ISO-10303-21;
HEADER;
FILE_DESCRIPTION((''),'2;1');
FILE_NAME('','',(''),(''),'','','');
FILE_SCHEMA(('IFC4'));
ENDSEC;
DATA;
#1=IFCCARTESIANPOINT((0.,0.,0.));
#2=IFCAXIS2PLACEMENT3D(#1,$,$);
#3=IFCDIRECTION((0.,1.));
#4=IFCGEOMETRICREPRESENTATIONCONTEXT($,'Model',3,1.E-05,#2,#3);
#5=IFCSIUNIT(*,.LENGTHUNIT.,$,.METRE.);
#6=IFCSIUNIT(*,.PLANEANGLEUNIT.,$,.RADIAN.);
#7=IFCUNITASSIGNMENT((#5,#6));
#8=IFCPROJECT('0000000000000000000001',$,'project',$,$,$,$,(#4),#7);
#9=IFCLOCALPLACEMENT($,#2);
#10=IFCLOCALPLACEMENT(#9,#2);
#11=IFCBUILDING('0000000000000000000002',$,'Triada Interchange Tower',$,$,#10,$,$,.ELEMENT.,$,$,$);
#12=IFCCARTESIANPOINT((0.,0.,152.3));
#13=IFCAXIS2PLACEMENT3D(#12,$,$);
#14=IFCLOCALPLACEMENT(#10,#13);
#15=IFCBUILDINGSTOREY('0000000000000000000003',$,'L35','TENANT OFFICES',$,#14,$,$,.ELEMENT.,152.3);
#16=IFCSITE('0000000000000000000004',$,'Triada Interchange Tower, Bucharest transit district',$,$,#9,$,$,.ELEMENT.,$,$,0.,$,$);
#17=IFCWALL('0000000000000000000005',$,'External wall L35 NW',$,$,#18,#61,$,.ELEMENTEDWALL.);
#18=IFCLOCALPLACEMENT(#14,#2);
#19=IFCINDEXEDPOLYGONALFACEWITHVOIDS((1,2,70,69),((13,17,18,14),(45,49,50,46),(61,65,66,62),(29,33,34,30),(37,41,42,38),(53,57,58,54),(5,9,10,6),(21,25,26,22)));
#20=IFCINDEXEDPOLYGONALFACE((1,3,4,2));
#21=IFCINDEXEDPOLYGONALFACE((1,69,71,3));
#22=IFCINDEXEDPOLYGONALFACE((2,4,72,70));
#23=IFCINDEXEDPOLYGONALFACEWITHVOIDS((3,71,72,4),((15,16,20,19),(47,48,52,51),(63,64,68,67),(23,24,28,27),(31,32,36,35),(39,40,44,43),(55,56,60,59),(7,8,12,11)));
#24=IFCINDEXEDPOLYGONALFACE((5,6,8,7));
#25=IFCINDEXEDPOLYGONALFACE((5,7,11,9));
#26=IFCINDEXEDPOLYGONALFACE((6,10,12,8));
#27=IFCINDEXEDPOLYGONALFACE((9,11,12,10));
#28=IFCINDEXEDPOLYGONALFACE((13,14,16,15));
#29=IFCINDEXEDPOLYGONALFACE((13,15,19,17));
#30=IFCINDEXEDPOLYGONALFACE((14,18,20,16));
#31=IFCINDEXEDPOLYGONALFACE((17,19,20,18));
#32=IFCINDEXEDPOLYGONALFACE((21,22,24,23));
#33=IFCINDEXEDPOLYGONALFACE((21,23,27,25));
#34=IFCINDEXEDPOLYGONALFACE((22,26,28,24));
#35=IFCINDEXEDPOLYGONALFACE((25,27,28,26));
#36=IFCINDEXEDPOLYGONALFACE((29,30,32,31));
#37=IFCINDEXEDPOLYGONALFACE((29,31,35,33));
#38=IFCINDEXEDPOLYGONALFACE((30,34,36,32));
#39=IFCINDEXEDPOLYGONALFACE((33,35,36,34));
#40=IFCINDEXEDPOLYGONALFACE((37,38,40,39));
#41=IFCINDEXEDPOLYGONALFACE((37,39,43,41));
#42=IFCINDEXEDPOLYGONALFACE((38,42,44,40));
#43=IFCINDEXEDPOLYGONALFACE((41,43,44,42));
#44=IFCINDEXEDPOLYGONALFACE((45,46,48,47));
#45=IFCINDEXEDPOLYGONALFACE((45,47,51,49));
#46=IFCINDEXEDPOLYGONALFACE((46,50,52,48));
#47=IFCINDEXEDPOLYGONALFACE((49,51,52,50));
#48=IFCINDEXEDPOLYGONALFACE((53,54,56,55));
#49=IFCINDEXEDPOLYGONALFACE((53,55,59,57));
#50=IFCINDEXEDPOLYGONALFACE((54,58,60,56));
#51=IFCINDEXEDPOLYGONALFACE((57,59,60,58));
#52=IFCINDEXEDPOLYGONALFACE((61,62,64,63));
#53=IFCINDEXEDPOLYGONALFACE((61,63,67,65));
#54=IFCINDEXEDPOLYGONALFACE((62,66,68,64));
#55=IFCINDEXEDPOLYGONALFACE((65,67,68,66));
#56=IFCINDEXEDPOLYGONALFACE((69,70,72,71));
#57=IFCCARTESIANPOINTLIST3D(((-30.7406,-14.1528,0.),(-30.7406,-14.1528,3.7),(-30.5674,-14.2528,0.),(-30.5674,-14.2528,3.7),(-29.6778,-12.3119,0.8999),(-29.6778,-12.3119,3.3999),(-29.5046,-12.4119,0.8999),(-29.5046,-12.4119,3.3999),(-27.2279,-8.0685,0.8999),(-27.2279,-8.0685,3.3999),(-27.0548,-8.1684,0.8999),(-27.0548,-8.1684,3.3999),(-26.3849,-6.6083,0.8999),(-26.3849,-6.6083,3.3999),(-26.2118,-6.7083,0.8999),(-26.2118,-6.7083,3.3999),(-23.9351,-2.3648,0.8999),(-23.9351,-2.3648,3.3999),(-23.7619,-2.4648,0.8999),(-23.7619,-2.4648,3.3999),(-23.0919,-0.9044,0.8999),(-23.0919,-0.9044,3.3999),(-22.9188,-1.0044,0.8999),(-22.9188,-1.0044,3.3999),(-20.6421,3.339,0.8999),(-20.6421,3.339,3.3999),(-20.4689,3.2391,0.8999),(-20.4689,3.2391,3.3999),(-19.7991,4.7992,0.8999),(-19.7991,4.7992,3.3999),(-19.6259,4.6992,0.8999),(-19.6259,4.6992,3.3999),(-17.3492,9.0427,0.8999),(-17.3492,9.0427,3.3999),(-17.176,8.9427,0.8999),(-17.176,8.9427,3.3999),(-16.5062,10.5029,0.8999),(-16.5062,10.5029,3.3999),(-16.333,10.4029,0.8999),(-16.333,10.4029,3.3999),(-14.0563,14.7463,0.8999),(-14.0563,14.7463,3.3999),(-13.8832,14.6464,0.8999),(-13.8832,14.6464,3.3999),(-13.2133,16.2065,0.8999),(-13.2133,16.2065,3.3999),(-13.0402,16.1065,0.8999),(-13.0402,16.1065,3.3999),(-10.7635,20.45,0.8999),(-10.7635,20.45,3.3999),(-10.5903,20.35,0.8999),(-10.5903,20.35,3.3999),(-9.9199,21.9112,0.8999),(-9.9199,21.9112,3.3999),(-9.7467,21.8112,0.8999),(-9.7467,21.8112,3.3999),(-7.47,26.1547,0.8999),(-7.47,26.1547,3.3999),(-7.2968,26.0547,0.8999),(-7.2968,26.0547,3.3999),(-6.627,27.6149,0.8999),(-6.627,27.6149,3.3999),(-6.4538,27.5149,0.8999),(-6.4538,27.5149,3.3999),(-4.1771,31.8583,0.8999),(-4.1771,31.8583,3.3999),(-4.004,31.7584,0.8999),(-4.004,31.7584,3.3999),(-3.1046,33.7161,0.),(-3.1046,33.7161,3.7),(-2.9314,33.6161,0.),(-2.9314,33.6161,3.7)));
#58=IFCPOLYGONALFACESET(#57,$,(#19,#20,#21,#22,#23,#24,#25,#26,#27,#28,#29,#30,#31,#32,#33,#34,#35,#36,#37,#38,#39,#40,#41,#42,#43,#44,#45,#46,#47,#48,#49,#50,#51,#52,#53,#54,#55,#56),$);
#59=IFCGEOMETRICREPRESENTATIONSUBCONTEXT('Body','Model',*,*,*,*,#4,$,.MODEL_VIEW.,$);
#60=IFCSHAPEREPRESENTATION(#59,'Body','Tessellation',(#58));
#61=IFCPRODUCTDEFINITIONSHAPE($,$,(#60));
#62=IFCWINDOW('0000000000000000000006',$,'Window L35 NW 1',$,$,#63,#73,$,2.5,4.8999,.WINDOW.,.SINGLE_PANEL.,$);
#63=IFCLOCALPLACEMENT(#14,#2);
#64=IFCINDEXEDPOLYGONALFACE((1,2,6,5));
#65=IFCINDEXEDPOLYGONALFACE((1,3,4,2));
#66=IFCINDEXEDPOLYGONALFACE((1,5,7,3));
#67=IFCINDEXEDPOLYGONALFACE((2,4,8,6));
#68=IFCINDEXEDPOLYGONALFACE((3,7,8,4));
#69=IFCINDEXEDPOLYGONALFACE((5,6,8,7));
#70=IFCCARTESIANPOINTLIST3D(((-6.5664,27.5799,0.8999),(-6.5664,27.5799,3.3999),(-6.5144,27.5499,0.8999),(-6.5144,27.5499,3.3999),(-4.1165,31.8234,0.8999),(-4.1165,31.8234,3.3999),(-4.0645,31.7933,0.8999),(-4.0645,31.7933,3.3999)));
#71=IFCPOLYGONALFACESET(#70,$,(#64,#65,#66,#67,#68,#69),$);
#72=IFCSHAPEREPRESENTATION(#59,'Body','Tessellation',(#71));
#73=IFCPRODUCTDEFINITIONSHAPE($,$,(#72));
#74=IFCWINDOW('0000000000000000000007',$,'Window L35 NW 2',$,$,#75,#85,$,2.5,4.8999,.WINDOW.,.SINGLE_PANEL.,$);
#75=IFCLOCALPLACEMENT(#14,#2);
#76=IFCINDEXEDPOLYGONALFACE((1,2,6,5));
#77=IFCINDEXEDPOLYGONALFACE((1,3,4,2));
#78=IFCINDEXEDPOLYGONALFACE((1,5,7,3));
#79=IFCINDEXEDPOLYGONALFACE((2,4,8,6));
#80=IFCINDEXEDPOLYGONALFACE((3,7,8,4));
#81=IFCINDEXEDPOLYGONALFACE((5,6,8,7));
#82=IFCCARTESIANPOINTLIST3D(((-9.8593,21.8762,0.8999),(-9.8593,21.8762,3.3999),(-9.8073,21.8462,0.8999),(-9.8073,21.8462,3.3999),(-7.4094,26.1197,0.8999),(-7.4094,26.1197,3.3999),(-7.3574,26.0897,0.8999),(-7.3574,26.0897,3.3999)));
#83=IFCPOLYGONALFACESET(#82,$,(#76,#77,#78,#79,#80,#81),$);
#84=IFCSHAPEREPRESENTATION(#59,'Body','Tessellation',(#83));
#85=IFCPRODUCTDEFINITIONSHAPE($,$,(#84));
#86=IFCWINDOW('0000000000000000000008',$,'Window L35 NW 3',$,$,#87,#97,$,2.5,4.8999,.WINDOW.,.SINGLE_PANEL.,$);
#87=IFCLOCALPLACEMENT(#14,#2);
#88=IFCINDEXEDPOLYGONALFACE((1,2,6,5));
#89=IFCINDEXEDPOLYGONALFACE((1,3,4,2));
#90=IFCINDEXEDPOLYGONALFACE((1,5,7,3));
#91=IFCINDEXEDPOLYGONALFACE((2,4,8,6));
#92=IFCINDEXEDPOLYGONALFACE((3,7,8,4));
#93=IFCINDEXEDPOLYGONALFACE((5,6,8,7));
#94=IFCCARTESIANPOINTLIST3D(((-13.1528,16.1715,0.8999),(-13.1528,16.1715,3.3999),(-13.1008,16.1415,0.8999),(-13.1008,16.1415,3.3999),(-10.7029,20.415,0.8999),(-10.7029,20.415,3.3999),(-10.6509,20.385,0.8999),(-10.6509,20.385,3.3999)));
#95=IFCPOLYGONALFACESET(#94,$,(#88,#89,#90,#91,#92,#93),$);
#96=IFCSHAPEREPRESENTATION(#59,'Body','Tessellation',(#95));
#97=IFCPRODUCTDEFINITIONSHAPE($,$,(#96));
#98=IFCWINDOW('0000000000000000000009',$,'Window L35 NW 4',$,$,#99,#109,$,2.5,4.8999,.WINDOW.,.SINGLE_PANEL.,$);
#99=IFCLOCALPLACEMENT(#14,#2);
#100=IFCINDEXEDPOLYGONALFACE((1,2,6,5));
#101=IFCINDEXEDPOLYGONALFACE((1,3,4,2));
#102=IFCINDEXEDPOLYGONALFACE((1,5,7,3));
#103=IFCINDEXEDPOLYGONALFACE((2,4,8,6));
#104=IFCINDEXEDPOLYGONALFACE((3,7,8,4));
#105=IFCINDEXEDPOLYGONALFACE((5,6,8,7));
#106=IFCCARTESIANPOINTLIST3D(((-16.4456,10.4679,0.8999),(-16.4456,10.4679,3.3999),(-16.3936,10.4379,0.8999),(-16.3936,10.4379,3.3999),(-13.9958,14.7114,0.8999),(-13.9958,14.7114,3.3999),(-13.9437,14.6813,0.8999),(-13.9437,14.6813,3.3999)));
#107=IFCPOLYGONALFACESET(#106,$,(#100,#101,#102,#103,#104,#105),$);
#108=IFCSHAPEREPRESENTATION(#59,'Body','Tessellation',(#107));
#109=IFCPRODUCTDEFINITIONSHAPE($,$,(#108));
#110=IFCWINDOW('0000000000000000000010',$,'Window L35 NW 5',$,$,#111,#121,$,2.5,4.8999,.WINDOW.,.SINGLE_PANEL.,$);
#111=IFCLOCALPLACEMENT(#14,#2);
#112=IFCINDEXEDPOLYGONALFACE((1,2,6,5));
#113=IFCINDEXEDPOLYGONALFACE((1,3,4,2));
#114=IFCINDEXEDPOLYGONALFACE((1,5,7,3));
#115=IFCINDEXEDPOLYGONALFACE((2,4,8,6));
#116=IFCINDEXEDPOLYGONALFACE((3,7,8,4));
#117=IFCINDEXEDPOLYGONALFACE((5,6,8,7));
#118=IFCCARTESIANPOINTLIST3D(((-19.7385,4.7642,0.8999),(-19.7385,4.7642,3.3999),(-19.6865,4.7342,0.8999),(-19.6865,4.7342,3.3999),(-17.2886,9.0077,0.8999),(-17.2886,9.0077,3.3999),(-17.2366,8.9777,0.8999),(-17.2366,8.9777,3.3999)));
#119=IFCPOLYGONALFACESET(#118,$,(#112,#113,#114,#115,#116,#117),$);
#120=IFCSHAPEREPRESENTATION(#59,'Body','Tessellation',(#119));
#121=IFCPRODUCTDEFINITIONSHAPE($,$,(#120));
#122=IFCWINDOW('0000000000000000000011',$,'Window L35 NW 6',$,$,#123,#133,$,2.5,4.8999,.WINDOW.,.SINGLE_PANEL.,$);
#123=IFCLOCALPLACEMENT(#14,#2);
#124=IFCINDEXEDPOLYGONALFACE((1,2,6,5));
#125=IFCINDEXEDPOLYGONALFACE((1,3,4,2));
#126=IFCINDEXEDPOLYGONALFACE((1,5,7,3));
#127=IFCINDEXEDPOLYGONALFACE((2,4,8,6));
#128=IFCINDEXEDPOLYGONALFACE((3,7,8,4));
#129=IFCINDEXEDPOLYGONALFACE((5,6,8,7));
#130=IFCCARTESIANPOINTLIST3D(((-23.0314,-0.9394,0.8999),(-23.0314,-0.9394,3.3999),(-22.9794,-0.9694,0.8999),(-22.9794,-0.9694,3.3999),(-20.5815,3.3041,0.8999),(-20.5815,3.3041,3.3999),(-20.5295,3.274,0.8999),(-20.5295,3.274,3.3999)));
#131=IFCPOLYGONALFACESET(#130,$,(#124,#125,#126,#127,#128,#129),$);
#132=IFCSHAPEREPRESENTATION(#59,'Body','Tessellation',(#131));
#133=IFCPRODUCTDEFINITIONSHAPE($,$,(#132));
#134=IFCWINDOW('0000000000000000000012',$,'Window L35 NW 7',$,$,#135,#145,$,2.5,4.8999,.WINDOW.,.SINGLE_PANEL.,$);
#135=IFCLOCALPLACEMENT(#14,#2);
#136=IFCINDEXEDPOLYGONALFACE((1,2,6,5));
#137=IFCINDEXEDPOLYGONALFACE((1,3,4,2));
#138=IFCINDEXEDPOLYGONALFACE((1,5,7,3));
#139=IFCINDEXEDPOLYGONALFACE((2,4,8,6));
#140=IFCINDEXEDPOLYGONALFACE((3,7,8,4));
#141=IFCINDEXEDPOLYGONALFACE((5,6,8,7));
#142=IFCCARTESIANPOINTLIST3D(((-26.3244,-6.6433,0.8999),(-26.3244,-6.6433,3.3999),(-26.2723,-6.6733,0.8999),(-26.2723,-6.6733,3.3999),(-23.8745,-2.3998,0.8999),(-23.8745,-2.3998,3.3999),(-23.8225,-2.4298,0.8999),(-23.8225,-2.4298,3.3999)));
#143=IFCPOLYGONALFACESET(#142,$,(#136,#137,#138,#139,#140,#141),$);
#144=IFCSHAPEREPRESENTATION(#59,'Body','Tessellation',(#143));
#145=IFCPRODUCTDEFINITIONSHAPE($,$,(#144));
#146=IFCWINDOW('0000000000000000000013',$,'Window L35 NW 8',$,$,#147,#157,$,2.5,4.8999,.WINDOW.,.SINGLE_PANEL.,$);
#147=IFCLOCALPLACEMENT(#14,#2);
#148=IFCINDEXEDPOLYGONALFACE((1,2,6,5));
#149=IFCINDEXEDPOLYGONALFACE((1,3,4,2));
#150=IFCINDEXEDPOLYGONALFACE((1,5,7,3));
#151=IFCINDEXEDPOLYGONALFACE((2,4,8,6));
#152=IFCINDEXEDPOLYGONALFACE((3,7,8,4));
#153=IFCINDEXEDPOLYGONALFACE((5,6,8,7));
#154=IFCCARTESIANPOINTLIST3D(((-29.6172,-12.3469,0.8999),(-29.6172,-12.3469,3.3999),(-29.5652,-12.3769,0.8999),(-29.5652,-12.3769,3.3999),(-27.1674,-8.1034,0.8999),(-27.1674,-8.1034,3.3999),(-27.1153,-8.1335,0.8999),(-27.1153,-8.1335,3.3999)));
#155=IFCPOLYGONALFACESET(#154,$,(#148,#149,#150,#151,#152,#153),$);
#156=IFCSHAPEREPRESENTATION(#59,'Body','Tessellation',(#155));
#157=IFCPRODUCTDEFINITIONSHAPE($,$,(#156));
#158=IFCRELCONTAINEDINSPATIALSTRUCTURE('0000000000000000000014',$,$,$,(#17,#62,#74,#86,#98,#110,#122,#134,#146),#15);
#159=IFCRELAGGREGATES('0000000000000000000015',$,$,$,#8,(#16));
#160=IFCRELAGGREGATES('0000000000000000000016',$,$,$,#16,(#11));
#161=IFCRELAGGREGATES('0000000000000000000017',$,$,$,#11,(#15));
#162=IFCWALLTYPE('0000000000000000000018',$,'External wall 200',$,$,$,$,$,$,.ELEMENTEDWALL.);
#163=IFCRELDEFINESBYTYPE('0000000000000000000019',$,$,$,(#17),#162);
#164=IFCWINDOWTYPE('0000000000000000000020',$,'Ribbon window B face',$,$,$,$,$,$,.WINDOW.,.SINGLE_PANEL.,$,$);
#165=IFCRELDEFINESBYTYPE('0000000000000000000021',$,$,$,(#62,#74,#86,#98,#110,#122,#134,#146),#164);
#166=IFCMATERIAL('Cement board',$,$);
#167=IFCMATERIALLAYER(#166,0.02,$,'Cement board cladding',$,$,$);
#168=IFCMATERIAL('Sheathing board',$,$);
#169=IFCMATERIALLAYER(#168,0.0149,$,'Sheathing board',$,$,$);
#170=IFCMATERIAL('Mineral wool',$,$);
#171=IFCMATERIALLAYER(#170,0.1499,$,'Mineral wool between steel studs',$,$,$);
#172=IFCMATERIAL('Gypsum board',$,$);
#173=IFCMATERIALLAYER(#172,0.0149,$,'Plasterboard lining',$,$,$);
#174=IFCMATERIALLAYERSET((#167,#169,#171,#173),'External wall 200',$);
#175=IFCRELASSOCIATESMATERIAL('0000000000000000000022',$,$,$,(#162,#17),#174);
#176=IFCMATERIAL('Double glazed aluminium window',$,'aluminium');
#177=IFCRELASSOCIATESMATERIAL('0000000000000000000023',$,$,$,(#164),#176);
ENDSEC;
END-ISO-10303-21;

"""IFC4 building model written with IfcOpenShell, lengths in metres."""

from ifc_helpers import new_model, si_unit, direction, frame, frame_2d, origin, place, context, subcontext, project, spatial, rectangle, extrude, material, layer, layer_set, layer_usage, type_object, element, fill, save


model = new_model("IFC4")

# Units and contexts
model_context = context("Model", 3, precision=1e-05, world=origin(), true_north=direction((0.0, 1.0)))
body_context = subcontext(model_context, "Body", "Model", "MODEL_VIEW")
ifc_project = project(units=[si_unit("LENGTHUNIT", "METRE"), si_unit("PLANEANGLEUNIT", "RADIAN")], contexts=[model_context])

# Site, building, storey
site_placement = place(None, origin())
site = spatial("IfcSite", under=ifc_project, at=site_placement, Name="Triada Interchange Tower, Bucharest transit district", CompositionType="ELEMENT", RefElevation=0.0)
building_placement = place(site_placement, origin())
building = spatial("IfcBuilding", under=site, at=building_placement, Name="Triada Interchange Tower", CompositionType="ELEMENT")
storey_placement = place(building_placement, frame((0.0, 0.0, 152.3)))
storey = spatial("IfcBuildingStorey", under=building, at=storey_placement, Name="L35", Description="TENANT OFFICES", CompositionType="ELEMENT", Elevation=152.3)

# Wall, openings, windows
ifc_material_1 = material(Name="Cement board")
ifc_layer_1 = layer(ifc_material_1, 0.02, Name="Cement board cladding")
ifc_material_2 = material(Name="Sheathing board")
ifc_layer_2 = layer(ifc_material_2, 0.0149, Name="Sheathing board")
ifc_material_3 = material(Name="Mineral wool")
ifc_layer_3 = layer(ifc_material_3, 0.1499, Name="Mineral wool between steel studs")
ifc_material_4 = material(Name="Gypsum board")
ifc_layer_4 = layer(ifc_material_4, 0.0149, Name="Plasterboard lining")
ifc_layer_set_1 = layer_set([ifc_layer_1, ifc_layer_2, ifc_layer_3, ifc_layer_4], Name="External wall 200")
ifc_layer_usage = layer_usage(ifc_layer_set_1, "AXIS2", "POSITIVE", -0.1001)
wall_type_1 = type_object("IfcWallType", Name="External wall 200", PredefinedType="ELEMENTEDWALL", material=ifc_layer_set_1)
wall_1_placement = place(storey_placement, frame((-3.0181, 33.666, 0.0), z_axis=(0.0, 0.0, 1.0), x_axis=(-0.499985, -0.866034, 0.0)))
wall_1 = element("IfcWall", 1, at=wall_1_placement, inside=storey, type_object=wall_type_1, material=ifc_layer_usage, Name="External wall L35 NW", PredefinedType="ELEMENTEDWALL", context=body_context, shape_type="SweptSolid", body=[
    extrude(rectangle(XDim=55.2737, YDim=0.2, at=frame_2d((27.6367, 0.0))), origin(), (0.0, 0.0, 1.0), 3.7),
])
opening_1_placement = place(wall_1_placement, frame((2.145, 0.0, 0.8999)))
opening_1 = element("IfcOpeningElement", 2, at=opening_1_placement, cuts=wall_1, PredefinedType="OPENING", context=body_context, shape_type="SweptSolid", body=[
    extrude(rectangle(XDim=4.8999, YDim=2.5, at=frame_2d((2.45, 1.25))), frame((0.0, 0.1099, 0.0), z_axis=(0.0, -1.0, 0.0), x_axis=(1.0, 0.0, 0.0)), (0.0, 0.0, 1.0), 0.22),
])
opening_2_placement = place(wall_1_placement, frame((8.731, 0.0, 0.8999)))
opening_2 = element("IfcOpeningElement", 3, at=opening_2_placement, cuts=wall_1, PredefinedType="OPENING", context=body_context, shape_type="SweptSolid", body=[
    extrude(rectangle(XDim=4.8999, YDim=2.5, at=frame_2d((2.45, 1.25))), frame((0.0, 0.1099, 0.0), z_axis=(0.0, -1.0, 0.0), x_axis=(1.0, 0.0, 0.0)), (0.0, 0.0, 1.0), 0.22),
])
opening_3_placement = place(wall_1_placement, frame((15.3181, 0.0, 0.8999)))
opening_3 = element("IfcOpeningElement", 4, at=opening_3_placement, cuts=wall_1, PredefinedType="OPENING", context=body_context, shape_type="SweptSolid", body=[
    extrude(rectangle(XDim=4.8999, YDim=2.5, at=frame_2d((2.45, 1.25))), frame((0.0, 0.1099, 0.0), z_axis=(0.0, -1.0, 0.0), x_axis=(1.0, 0.0, 0.0)), (0.0, 0.0, 1.0), 0.22),
])
opening_4_placement = place(wall_1_placement, frame((21.9041, 0.0, 0.8999)))
opening_4 = element("IfcOpeningElement", 5, at=opening_4_placement, cuts=wall_1, PredefinedType="OPENING", context=body_context, shape_type="SweptSolid", body=[
    extrude(rectangle(XDim=4.8999, YDim=2.5, at=frame_2d((2.45, 1.25))), frame((0.0, 0.1099, 0.0), z_axis=(0.0, -1.0, 0.0), x_axis=(1.0, 0.0, 0.0)), (0.0, 0.0, 1.0), 0.22),
])
opening_5_placement = place(wall_1_placement, frame((28.49, 0.0, 0.8999)))
opening_5 = element("IfcOpeningElement", 6, at=opening_5_placement, cuts=wall_1, PredefinedType="OPENING", context=body_context, shape_type="SweptSolid", body=[
    extrude(rectangle(XDim=4.8999, YDim=2.5, at=frame_2d((2.45, 1.25))), frame((0.0, 0.1099, 0.0), z_axis=(0.0, -1.0, 0.0), x_axis=(1.0, 0.0, 0.0)), (0.0, 0.0, 1.0), 0.22),
])
opening_6_placement = place(wall_1_placement, frame((35.0759, 0.0, 0.8999)))
opening_6 = element("IfcOpeningElement", 7, at=opening_6_placement, cuts=wall_1, PredefinedType="OPENING", context=body_context, shape_type="SweptSolid", body=[
    extrude(rectangle(XDim=4.8999, YDim=2.5, at=frame_2d((2.45, 1.25))), frame((0.0, 0.1099, 0.0), z_axis=(0.0, -1.0, 0.0), x_axis=(1.0, 0.0, 0.0)), (0.0, 0.0, 1.0), 0.22),
])
opening_7_placement = place(wall_1_placement, frame((41.6621, 0.0, 0.8999)))
opening_7 = element("IfcOpeningElement", 8, at=opening_7_placement, cuts=wall_1, PredefinedType="OPENING", context=body_context, shape_type="SweptSolid", body=[
    extrude(rectangle(XDim=4.8999, YDim=2.5, at=frame_2d((2.45, 1.25))), frame((0.0, 0.1099, 0.0), z_axis=(0.0, -1.0, 0.0), x_axis=(1.0, 0.0, 0.0)), (0.0, 0.0, 1.0), 0.22),
])
opening_8_placement = place(wall_1_placement, frame((48.248, 0.0, 0.8999)))
opening_8 = element("IfcOpeningElement", 9, at=opening_8_placement, cuts=wall_1, PredefinedType="OPENING", context=body_context, shape_type="SweptSolid", body=[
    extrude(rectangle(XDim=4.8999, YDim=2.5, at=frame_2d((2.45, 1.25))), frame((0.0, 0.1099, 0.0), z_axis=(0.0, -1.0, 0.0), x_axis=(1.0, 0.0, 0.0)), (0.0, 0.0, 1.0), 0.22),
])
ifc_material_5 = material(Name="Double glazed aluminium window", Category="aluminium")
window_type = type_object("IfcWindowType", Name="Ribbon window B face", PartitioningType="SINGLE_PANEL", PredefinedType="WINDOW", material=ifc_material_5)
window_1_placement = place(opening_1_placement, origin())
window_1 = element("IfcWindow", 10, at=window_1_placement, inside=storey, type_object=window_type, Name="Window L35 NW 1", OverallHeight=2.5, OverallWidth=4.8999, PartitioningType="SINGLE_PANEL", PredefinedType="WINDOW", context=body_context, shape_type="SweptSolid", body=[
    extrude(rectangle(XDim=4.8999, YDim=2.5, at=frame_2d((2.45, 1.25))), frame((0.0, 0.03, 0.0), z_axis=(0.0, -1.0, 0.0), x_axis=(1.0, 0.0, 0.0)), (0.0, 0.0, 1.0), 0.0601),
])
fill(opening_1, window_1)
window_2_placement = place(opening_2_placement, origin())
window_2 = element("IfcWindow", 11, at=window_2_placement, inside=storey, type_object=window_type, Name="Window L35 NW 2", OverallHeight=2.5, OverallWidth=4.8999, PartitioningType="SINGLE_PANEL", PredefinedType="WINDOW", context=body_context, shape_type="SweptSolid", body=[
    extrude(rectangle(XDim=4.8999, YDim=2.5, at=frame_2d((2.45, 1.25))), frame((0.0, 0.03, 0.0), z_axis=(0.0, -1.0, 0.0), x_axis=(1.0, 0.0, 0.0)), (0.0, 0.0, 1.0), 0.0601),
])
fill(opening_2, window_2)
window_3_placement = place(opening_3_placement, origin())
window_3 = element("IfcWindow", 12, at=window_3_placement, inside=storey, type_object=window_type, Name="Window L35 NW 3", OverallHeight=2.5, OverallWidth=4.8999, PartitioningType="SINGLE_PANEL", PredefinedType="WINDOW", context=body_context, shape_type="SweptSolid", body=[
    extrude(rectangle(XDim=4.8999, YDim=2.5, at=frame_2d((2.45, 1.25))), frame((0.0, 0.03, 0.0), z_axis=(0.0, -1.0, 0.0), x_axis=(1.0, 0.0, 0.0)), (0.0, 0.0, 1.0), 0.0601),
])
fill(opening_3, window_3)
window_4_placement = place(opening_4_placement, origin())
window_4 = element("IfcWindow", 13, at=window_4_placement, inside=storey, type_object=window_type, Name="Window L35 NW 4", OverallHeight=2.5, OverallWidth=4.8999, PartitioningType="SINGLE_PANEL", PredefinedType="WINDOW", context=body_context, shape_type="SweptSolid", body=[
    extrude(rectangle(XDim=4.8999, YDim=2.5, at=frame_2d((2.45, 1.25))), frame((0.0, 0.03, 0.0), z_axis=(0.0, -1.0, 0.0), x_axis=(1.0, 0.0, 0.0)), (0.0, 0.0, 1.0), 0.0601),
])
fill(opening_4, window_4)
window_5_placement = place(opening_5_placement, origin())
window_5 = element("IfcWindow", 14, at=window_5_placement, inside=storey, type_object=window_type, Name="Window L35 NW 5", OverallHeight=2.5, OverallWidth=4.8999, PartitioningType="SINGLE_PANEL", PredefinedType="WINDOW", context=body_context, shape_type="SweptSolid", body=[
    extrude(rectangle(XDim=4.8999, YDim=2.5, at=frame_2d((2.45, 1.25))), frame((0.0, 0.03, 0.0), z_axis=(0.0, -1.0, 0.0), x_axis=(1.0, 0.0, 0.0)), (0.0, 0.0, 1.0), 0.0601),
])
fill(opening_5, window_5)
window_6_placement = place(opening_6_placement, origin())
window_6 = element("IfcWindow", 15, at=window_6_placement, inside=storey, type_object=window_type, Name="Window L35 NW 6", OverallHeight=2.5, OverallWidth=4.8999, PartitioningType="SINGLE_PANEL", PredefinedType="WINDOW", context=body_context, shape_type="SweptSolid", body=[
    extrude(rectangle(XDim=4.8999, YDim=2.5, at=frame_2d((2.45, 1.25))), frame((0.0, 0.03, 0.0), z_axis=(0.0, -1.0, 0.0), x_axis=(1.0, 0.0, 0.0)), (0.0, 0.0, 1.0), 0.0601),
])
fill(opening_6, window_6)
window_7_placement = place(opening_7_placement, origin())
window_7 = element("IfcWindow", 16, at=window_7_placement, inside=storey, type_object=window_type, Name="Window L35 NW 7", OverallHeight=2.5, OverallWidth=4.8999, PartitioningType="SINGLE_PANEL", PredefinedType="WINDOW", context=body_context, shape_type="SweptSolid", body=[
    extrude(rectangle(XDim=4.8999, YDim=2.5, at=frame_2d((2.45, 1.25))), frame((0.0, 0.03, 0.0), z_axis=(0.0, -1.0, 0.0), x_axis=(1.0, 0.0, 0.0)), (0.0, 0.0, 1.0), 0.0601),
])
fill(opening_7, window_7)
window_8_placement = place(opening_8_placement, origin())
window_8 = element("IfcWindow", 17, at=window_8_placement, inside=storey, type_object=window_type, Name="Window L35 NW 8", OverallHeight=2.5, OverallWidth=4.8999, PartitioningType="SINGLE_PANEL", PredefinedType="WINDOW", context=body_context, shape_type="SweptSolid", body=[
    extrude(rectangle(XDim=4.8999, YDim=2.5, at=frame_2d((2.45, 1.25))), frame((0.0, 0.03, 0.0), z_axis=(0.0, -1.0, 0.0), x_axis=(1.0, 0.0, 0.0)), (0.0, 0.0, 1.0), 0.0601),
])
fill(opening_8, window_8)

save(model, "model.ifc")
